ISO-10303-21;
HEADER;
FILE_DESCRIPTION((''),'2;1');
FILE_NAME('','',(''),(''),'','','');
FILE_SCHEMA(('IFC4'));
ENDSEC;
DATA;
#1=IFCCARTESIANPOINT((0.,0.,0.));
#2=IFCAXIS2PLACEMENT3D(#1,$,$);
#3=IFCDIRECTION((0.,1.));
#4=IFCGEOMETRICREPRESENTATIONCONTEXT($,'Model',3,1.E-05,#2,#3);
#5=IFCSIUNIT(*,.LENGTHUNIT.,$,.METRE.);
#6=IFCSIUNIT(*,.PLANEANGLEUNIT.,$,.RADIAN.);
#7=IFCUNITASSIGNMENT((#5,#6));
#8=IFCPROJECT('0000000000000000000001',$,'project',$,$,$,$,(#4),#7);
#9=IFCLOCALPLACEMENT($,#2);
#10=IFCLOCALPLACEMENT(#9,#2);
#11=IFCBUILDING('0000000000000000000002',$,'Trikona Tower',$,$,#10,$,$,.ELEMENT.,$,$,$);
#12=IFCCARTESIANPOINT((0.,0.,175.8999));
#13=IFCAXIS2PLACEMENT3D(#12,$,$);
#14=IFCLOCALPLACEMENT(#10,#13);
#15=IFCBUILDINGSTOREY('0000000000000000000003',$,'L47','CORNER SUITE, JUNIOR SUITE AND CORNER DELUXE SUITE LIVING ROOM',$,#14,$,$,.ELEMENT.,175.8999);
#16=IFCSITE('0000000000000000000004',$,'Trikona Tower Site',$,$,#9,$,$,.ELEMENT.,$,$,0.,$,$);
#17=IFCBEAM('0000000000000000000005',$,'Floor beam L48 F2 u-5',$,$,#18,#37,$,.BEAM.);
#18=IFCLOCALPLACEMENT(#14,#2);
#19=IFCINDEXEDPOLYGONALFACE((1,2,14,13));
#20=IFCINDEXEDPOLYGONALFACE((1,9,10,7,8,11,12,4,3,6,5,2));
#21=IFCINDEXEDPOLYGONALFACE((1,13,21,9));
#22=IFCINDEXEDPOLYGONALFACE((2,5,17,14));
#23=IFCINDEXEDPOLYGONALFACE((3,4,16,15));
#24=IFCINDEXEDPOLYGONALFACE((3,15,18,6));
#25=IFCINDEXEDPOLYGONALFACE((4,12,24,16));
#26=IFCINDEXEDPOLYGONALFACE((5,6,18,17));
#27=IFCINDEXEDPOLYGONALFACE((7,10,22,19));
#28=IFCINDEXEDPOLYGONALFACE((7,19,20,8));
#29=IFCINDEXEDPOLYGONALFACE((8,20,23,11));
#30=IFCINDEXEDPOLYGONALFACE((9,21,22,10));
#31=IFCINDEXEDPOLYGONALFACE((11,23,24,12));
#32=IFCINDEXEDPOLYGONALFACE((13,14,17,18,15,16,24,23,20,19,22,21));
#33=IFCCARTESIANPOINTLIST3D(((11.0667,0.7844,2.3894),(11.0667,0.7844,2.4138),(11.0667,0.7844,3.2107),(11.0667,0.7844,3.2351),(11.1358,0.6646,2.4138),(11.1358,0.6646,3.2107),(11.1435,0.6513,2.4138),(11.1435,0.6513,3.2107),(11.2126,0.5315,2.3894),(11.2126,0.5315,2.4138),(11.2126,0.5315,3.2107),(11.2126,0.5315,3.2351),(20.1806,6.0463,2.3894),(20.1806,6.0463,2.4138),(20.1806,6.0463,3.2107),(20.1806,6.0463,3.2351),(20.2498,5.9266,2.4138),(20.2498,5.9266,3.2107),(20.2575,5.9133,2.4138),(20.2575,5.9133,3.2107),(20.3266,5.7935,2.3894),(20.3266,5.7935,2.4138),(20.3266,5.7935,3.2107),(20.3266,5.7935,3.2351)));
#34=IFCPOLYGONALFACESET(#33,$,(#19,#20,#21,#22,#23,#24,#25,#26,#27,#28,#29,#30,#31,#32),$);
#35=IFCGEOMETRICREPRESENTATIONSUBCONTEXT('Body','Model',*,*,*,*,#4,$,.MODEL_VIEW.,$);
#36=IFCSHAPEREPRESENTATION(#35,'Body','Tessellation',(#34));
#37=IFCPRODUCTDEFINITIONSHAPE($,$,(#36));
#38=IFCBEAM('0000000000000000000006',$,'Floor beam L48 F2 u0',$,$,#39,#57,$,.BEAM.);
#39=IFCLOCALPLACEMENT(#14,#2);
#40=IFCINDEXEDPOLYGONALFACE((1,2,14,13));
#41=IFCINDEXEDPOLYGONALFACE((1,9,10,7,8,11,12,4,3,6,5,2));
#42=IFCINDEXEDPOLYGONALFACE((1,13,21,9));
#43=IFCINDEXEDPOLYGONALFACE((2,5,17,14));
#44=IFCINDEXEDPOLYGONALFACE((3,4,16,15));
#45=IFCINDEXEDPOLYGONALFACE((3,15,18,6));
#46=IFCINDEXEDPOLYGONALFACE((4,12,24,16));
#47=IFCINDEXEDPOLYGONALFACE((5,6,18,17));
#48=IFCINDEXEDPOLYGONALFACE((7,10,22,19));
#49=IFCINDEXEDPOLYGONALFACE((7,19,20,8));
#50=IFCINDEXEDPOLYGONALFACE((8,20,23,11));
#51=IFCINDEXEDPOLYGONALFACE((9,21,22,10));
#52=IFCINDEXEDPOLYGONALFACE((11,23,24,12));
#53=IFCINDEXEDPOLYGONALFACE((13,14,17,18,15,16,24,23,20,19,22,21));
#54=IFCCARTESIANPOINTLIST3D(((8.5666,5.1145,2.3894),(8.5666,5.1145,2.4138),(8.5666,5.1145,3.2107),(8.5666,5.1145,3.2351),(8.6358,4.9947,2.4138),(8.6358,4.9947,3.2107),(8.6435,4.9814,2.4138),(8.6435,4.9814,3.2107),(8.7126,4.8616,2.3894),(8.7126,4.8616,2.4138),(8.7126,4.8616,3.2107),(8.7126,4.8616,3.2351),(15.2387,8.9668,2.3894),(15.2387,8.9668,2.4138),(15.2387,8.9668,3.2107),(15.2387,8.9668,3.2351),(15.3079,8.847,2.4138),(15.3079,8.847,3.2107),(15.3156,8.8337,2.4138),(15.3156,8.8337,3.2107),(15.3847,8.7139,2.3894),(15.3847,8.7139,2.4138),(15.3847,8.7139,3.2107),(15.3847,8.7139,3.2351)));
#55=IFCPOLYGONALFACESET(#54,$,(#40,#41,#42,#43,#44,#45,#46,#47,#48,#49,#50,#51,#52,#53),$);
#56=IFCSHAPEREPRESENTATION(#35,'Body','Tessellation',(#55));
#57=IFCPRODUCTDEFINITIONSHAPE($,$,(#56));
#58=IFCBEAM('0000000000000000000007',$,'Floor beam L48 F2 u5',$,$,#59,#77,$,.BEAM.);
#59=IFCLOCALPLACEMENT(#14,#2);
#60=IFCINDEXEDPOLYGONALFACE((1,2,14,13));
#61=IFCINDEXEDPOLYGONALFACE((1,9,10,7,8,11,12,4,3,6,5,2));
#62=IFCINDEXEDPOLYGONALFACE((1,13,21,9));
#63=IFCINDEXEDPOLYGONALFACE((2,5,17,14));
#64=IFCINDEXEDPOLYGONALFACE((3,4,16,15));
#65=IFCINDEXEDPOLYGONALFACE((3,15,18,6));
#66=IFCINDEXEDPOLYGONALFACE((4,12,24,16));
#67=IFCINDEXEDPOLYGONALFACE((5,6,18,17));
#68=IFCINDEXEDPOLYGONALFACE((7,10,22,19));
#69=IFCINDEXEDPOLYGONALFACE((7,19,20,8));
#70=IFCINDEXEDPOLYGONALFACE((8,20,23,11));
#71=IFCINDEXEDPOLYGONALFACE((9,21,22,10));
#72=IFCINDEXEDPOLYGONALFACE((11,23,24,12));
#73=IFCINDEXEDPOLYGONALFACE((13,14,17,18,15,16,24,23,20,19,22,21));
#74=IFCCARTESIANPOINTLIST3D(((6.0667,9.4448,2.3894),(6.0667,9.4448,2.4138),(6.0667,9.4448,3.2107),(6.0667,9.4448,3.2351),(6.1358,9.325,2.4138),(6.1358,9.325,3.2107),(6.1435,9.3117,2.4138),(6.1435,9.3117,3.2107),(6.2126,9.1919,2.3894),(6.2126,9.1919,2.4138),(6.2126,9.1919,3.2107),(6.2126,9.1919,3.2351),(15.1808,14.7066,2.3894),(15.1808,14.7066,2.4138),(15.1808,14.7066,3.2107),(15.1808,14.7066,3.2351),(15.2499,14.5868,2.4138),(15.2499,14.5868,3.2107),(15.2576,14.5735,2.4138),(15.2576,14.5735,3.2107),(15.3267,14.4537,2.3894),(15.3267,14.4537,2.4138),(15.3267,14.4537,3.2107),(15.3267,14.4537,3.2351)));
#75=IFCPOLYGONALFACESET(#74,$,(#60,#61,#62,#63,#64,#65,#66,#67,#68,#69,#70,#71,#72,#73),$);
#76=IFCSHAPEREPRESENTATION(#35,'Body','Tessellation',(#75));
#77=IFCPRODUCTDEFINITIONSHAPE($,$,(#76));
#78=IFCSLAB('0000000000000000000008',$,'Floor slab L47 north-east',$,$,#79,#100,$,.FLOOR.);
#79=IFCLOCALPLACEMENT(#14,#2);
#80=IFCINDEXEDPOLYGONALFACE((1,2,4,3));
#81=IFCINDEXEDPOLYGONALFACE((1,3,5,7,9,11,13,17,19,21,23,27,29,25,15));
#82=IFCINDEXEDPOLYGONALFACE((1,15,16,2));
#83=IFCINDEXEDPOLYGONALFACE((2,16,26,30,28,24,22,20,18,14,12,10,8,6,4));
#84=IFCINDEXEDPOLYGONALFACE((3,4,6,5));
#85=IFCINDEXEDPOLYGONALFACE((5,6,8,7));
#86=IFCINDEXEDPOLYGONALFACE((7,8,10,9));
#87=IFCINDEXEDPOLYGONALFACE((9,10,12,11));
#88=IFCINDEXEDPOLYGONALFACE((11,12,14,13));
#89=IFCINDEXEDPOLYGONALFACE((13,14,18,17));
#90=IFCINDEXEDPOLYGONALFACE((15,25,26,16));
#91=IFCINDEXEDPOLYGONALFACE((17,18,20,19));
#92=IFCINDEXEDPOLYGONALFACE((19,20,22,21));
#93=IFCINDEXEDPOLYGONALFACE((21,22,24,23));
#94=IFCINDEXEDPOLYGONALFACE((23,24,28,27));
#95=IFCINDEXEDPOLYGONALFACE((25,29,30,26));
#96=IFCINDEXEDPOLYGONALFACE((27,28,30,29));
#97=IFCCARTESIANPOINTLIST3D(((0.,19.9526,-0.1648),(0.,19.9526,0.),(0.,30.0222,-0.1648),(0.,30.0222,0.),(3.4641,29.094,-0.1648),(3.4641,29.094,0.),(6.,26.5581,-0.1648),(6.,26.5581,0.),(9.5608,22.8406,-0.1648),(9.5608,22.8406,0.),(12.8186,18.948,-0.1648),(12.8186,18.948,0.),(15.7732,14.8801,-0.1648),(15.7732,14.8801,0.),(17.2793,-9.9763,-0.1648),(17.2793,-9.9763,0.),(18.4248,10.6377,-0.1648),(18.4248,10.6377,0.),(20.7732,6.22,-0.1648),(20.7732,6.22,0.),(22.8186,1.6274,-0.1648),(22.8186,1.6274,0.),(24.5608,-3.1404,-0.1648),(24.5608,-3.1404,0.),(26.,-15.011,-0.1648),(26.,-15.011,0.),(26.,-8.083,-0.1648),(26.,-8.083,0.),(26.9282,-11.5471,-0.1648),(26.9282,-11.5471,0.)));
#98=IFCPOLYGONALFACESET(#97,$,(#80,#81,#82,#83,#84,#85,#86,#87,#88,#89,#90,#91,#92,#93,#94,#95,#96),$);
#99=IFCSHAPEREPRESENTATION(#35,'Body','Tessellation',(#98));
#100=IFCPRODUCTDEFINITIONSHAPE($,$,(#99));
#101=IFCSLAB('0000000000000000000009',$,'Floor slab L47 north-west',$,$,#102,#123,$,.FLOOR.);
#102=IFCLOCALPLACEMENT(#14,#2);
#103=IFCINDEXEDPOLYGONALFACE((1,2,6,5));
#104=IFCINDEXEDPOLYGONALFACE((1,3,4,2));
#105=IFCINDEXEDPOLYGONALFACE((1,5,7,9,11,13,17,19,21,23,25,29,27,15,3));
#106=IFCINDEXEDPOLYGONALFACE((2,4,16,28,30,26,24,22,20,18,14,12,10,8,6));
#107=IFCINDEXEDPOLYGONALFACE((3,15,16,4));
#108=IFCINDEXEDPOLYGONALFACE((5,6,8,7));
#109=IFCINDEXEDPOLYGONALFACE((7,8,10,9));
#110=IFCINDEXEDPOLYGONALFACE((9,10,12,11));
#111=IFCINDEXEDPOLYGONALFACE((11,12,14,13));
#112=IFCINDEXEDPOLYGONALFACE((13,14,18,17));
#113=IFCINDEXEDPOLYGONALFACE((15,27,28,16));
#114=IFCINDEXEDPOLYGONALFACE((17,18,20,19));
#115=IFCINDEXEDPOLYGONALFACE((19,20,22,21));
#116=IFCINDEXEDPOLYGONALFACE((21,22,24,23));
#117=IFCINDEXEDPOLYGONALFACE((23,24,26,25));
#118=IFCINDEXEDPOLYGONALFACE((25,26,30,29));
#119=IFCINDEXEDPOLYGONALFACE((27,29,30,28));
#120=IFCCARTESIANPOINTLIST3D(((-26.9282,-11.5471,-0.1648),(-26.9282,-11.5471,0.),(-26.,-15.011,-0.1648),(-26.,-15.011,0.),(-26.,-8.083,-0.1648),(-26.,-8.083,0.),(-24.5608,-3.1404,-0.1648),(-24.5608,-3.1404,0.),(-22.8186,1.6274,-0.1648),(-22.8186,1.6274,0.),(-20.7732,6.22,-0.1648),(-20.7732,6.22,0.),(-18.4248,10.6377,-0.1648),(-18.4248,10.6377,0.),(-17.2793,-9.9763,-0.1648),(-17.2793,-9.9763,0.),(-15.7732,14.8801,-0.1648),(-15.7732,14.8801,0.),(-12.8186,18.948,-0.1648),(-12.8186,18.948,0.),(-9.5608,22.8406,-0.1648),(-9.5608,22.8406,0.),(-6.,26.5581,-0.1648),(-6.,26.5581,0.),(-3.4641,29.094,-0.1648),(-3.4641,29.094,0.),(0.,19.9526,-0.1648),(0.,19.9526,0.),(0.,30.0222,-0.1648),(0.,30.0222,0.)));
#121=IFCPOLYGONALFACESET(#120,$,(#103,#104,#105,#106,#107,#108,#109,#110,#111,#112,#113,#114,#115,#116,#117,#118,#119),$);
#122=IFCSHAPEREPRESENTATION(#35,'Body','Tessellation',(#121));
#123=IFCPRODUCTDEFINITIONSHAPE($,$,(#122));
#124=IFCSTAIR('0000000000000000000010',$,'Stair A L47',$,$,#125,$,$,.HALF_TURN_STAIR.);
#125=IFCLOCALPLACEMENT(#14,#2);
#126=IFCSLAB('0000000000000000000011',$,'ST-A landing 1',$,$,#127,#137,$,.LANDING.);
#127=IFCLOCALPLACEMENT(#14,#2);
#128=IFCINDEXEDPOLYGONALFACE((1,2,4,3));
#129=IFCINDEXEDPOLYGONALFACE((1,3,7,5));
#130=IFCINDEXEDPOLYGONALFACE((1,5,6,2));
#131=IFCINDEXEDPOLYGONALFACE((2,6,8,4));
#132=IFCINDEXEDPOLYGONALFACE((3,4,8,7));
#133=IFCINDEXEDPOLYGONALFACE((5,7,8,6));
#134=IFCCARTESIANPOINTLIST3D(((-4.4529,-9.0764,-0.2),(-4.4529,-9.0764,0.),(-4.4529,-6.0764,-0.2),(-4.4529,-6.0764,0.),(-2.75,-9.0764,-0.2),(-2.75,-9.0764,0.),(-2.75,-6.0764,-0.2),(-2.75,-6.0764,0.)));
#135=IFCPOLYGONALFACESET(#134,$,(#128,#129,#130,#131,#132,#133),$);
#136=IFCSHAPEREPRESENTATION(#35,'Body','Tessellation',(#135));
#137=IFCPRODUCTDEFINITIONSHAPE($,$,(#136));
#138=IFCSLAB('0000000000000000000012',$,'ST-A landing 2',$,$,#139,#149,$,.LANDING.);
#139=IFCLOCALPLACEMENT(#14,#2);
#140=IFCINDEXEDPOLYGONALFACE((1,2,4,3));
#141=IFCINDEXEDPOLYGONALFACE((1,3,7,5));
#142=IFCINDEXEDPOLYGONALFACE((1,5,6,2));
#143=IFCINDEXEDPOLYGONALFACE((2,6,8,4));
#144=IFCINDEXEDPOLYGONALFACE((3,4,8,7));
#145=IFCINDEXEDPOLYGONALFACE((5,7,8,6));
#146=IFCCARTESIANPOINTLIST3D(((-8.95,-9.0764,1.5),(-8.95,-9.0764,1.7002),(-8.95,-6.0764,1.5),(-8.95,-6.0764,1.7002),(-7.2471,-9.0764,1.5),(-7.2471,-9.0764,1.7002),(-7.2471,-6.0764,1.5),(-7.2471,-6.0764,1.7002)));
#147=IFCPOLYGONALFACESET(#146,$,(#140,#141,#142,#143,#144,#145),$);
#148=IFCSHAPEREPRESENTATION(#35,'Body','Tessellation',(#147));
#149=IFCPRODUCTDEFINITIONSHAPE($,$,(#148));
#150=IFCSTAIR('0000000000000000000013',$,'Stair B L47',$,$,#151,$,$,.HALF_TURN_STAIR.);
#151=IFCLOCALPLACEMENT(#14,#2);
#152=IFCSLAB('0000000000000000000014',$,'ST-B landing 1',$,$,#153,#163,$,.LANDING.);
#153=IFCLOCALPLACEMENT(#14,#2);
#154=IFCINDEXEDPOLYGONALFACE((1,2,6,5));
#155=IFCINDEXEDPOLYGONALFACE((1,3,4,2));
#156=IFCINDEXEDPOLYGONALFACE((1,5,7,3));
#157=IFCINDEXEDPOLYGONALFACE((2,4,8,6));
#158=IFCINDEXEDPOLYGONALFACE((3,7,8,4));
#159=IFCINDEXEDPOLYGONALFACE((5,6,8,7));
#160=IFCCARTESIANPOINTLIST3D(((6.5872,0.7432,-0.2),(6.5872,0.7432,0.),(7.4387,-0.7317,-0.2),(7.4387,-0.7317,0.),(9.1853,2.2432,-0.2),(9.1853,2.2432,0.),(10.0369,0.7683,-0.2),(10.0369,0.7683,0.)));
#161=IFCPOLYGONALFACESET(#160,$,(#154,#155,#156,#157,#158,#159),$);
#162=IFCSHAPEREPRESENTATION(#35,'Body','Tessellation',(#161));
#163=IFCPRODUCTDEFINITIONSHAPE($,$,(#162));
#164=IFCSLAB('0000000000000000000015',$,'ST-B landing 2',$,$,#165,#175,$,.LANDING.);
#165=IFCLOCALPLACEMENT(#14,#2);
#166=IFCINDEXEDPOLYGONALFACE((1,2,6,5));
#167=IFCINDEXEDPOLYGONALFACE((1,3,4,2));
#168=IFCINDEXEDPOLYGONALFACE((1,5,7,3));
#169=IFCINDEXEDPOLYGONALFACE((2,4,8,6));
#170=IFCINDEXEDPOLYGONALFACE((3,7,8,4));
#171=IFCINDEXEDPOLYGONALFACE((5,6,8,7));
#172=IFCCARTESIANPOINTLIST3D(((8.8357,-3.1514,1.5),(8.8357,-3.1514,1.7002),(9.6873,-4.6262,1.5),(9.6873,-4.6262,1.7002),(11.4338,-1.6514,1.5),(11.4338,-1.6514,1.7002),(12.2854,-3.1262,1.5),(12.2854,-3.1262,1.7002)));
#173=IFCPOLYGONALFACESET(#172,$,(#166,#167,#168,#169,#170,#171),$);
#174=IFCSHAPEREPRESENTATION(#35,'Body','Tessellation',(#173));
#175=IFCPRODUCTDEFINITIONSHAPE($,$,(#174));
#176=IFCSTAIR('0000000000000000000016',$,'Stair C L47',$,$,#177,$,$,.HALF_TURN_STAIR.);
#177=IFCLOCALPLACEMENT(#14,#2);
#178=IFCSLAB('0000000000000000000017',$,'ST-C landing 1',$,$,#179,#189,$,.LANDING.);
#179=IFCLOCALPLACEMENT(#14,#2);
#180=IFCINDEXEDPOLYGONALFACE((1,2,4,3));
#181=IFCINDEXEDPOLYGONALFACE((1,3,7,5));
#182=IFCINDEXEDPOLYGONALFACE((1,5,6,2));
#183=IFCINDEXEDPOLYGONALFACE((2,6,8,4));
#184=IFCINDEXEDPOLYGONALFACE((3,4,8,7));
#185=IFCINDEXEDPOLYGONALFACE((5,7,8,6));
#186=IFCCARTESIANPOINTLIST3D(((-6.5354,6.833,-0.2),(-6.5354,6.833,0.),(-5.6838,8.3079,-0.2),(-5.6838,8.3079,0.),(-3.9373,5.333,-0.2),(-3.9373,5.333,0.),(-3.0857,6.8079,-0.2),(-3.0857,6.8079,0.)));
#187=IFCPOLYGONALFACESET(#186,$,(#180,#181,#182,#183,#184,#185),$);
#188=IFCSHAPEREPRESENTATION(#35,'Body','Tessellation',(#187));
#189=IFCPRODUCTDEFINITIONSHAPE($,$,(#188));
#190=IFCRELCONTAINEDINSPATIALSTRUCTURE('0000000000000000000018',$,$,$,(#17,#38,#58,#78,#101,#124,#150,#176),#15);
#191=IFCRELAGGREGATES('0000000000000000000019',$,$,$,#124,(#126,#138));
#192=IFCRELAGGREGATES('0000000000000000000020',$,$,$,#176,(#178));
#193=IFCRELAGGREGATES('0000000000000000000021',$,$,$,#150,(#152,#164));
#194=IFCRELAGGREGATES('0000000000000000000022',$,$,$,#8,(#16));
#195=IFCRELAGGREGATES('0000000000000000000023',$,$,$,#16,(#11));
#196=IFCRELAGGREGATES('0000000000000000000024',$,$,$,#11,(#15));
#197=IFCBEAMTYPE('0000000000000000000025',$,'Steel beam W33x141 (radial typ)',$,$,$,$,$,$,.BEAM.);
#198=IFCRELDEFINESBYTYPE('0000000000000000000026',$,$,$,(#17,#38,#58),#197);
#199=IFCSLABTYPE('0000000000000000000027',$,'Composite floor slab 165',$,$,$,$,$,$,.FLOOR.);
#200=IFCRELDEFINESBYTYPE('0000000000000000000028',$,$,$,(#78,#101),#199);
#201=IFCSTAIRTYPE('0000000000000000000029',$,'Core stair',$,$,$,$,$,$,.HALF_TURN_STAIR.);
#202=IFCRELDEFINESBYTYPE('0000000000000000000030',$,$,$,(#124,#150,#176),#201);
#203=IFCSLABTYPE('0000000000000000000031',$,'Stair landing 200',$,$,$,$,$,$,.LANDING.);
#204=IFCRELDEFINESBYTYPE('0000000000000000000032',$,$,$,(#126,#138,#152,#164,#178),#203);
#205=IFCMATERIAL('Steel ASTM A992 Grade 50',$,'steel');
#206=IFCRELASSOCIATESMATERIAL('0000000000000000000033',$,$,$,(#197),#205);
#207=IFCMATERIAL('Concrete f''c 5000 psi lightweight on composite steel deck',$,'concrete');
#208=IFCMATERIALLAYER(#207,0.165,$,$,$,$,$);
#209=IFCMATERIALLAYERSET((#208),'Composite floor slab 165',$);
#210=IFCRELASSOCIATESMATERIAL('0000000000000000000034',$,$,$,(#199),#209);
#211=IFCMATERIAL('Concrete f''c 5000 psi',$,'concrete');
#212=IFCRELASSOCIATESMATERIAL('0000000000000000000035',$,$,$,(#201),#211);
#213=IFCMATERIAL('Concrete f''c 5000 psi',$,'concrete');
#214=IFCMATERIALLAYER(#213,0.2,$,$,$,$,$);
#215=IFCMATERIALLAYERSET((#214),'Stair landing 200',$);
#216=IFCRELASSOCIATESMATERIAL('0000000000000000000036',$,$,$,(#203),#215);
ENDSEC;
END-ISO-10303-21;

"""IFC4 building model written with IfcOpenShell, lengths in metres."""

from ifc_helpers import new_model, si_unit, direction, frame, origin, origin_2d, place, context, subcontext, project, spatial, polyline, i_section, outline, extrude, material, layer, layer_set, material_profile, profile_set, type_object, element, aggregate, save


model = new_model("IFC4")

# Units and contexts
model_context = context("Model", 3, precision=1e-05, world=origin(), true_north=direction((0.0, 1.0)))
body_context = subcontext(model_context, "Body", "Model", "MODEL_VIEW")
ifc_project = project(units=[si_unit("LENGTHUNIT", "METRE"), si_unit("PLANEANGLEUNIT", "RADIAN")], contexts=[model_context])

# Site, building, storey
site_placement = place(None, origin())
site = spatial("IfcSite", under=ifc_project, at=site_placement, Name="Trikona Tower Site", CompositionType="ELEMENT", RefElevation=0.0)
building_placement = place(site_placement, origin())
building = spatial("IfcBuilding", under=site, at=building_placement, Name="Trikona Tower", CompositionType="ELEMENT")
storey_placement = place(building_placement, frame((0.0, 0.0, 175.8999)))
storey = spatial("IfcBuildingStorey", under=building, at=storey_placement, Name="L47", Description="CORNER SUITE, JUNIOR SUITE AND CORNER DELUXE SUITE LIVING ROOM", CompositionType="ELEMENT", Elevation=175.8999)

# Beams
ifc_material_1 = material(Name="Steel ASTM A992 Grade 50", Category="steel")
ifc_material_profile = material_profile(ifc_material_1, i_section(OverallWidth=0.292, OverallDepth=0.8457, WebThickness=0.0154, FlangeThickness=0.0244, at=origin_2d()), Name="W33X141")
ifc_profile_set = profile_set([ifc_material_profile], Name="Steel ASTM A992 Grade 50")
beam_type = type_object("IfcBeamType", Name="Steel beam W33x141 (radial typ)", PredefinedType="BEAM", material=ifc_profile_set)
beam_1_placement = place(storey_placement, frame((11.1396, 0.658, 2.8123), z_axis=(0.866026, 0.499999, 0.0), x_axis=(-0.499999, 0.866026, 0.0)))
element("IfcBeam", 1, at=beam_1_placement, inside=storey, type_object=beam_type, Name="Floor beam L48 F2 u-5", PredefinedType="BEAM", context=body_context, shape_type="SweptSolid", body=[
    extrude(i_section(OverallWidth=0.292, OverallDepth=0.8457, WebThickness=0.0154, FlangeThickness=0.0244, at=origin_2d()), origin(), (0.0, 0.0, 1.0), 10.5239),
])
beam_2_placement = place(storey_placement, frame((8.6396, 4.988, 2.8123), z_axis=(0.866017, 0.500014, 0.0), x_axis=(-0.500014, 0.866017, 0.0)))
element("IfcBeam", 2, at=beam_2_placement, inside=storey, type_object=beam_type, Name="Floor beam L48 F2 u0", PredefinedType="BEAM", context=body_context, shape_type="SweptSolid", body=[
    extrude(i_section(OverallWidth=0.292, OverallDepth=0.8457, WebThickness=0.0154, FlangeThickness=0.0244, at=origin_2d()), origin(), (0.0, 0.0, 1.0), 7.7043),
])
beam_3_placement = place(storey_placement, frame((6.1396, 9.3184, 2.8123), z_axis=(0.866036, 0.499982, 0.0), x_axis=(-0.499982, 0.866036, 0.0)))
element("IfcBeam", 3, at=beam_3_placement, inside=storey, type_object=beam_type, Name="Floor beam L48 F2 u5", PredefinedType="BEAM", context=body_context, shape_type="SweptSolid", body=[
    extrude(i_section(OverallWidth=0.292, OverallDepth=0.8457, WebThickness=0.0154, FlangeThickness=0.0244, at=origin_2d()), origin(), (0.0, 0.0, 1.0), 10.5239),
])

# Slabs
ifc_material_2 = material(Name="Concrete f'c 5000 psi lightweight on composite steel deck", Category="concrete")
ifc_layer_1 = layer(ifc_material_2, 0.165)
ifc_layer_set_1 = layer_set([ifc_layer_1], Name="Composite floor slab 165")
slab_type_1 = type_object("IfcSlabType", Name="Composite floor slab 165", PredefinedType="FLOOR", material=ifc_layer_set_1)
slab_1_placement = place(storey_placement, frame((0.0, 0.0, -0.1648)))
element("IfcSlab", 4, at=slab_1_placement, inside=storey, type_object=slab_type_1, Name="Floor slab L47 north-east", PredefinedType="FLOOR", context=body_context, shape_type="SweptSolid", body=[
    extrude(outline(polyline([(3.4641, 29.094), (0.0, 30.0222), (0.0, 19.9526), (17.2793, -9.9763), (26.0, -15.011), (26.9282, -11.5471), (26.0, -8.083), (24.5608, -3.1404), (22.8186, 1.6274), (20.7732, 6.22), (18.4248, 10.6377), (15.7732, 14.8801), (12.8186, 18.948), (9.5608, 22.8406), (6.0, 26.5581), (3.4641, 29.094)])), origin(), (0.0, 0.0, 1.0), 0.1648),
])
slab_2_placement = place(storey_placement, frame((0.0, 0.0, -0.1648)))
element("IfcSlab", 5, at=slab_2_placement, inside=storey, type_object=slab_type_1, Name="Floor slab L47 north-west", PredefinedType="FLOOR", context=body_context, shape_type="SweptSolid", body=[
    extrude(outline(polyline([(0.0, 19.9526), (0.0, 30.0222), (-3.4641, 29.094), (-6.0, 26.5581), (-9.5608, 22.8406), (-12.8186, 18.948), (-15.7732, 14.8801), (-18.4248, 10.6377), (-20.7732, 6.22), (-22.8186, 1.6274), (-24.5608, -3.1404), (-26.0, -8.083), (-26.9282, -11.5471), (-26.0, -15.011), (-17.2793, -9.9763), (0.0, 19.9526)])), origin(), (0.0, 0.0, 1.0), 0.1648),
])

# Stairs, slabs
ifc_material_3 = material(Name="Concrete f'c 5000 psi", Category="concrete")
stair_type = type_object("IfcStairType", Name="Core stair", PredefinedType="HALF_TURN_STAIR", material=ifc_material_3)
stair_1_placement = place(storey_placement, origin())
stair_1 = element("IfcStair", 6, at=stair_1_placement, inside=storey, type_object=stair_type, Name="Stair A L47", PredefinedType="HALF_TURN_STAIR")
ifc_material_4 = material(Name="Concrete f'c 5000 psi", Category="concrete")
ifc_layer_2 = layer(ifc_material_4, 0.2)
ifc_layer_set_2 = layer_set([ifc_layer_2], Name="Stair landing 200")
slab_type_2 = type_object("IfcSlabType", Name="Stair landing 200", PredefinedType="LANDING", material=ifc_layer_set_2)
slab_3_placement = place(storey_placement, frame((0.0, 0.0, -0.2)))
slab_3 = element("IfcSlab", 7, at=slab_3_placement, type_object=slab_type_2, Name="ST-A landing 1", PredefinedType="LANDING", context=body_context, shape_type="SweptSolid", body=[
    extrude(outline(polyline([(-4.4529, -6.0764), (-2.75, -6.0764), (-2.75, -9.0764), (-4.4529, -9.0764), (-4.4529, -6.0764)])), origin(), (0.0, 0.0, 1.0), 0.2),
])
slab_4_placement = place(storey_placement, frame((0.0, 0.0, 1.5)))
slab_4 = element("IfcSlab", 8, at=slab_4_placement, type_object=slab_type_2, Name="ST-A landing 2", PredefinedType="LANDING", context=body_context, shape_type="SweptSolid", body=[
    extrude(outline(polyline([(-8.95, -6.0764), (-7.2471, -6.0764), (-7.2471, -9.0764), (-8.95, -9.0764), (-8.95, -6.0764)])), origin(), (0.0, 0.0, 1.0), 0.2002),
])
aggregate(stair_1, [slab_3, slab_4])
stair_2_placement = place(storey_placement, origin())
stair_2 = element("IfcStair", 9, at=stair_2_placement, inside=storey, type_object=stair_type, Name="Stair B L47", PredefinedType="HALF_TURN_STAIR")
slab_5_placement = place(storey_placement, frame((0.0, 0.0, -0.2)))
slab_5 = element("IfcSlab", 10, at=slab_5_placement, type_object=slab_type_2, Name="ST-B landing 1", PredefinedType="LANDING", context=body_context, shape_type="SweptSolid", body=[
    extrude(outline(polyline([(7.4387, -0.7317), (6.5872, 0.7432), (9.1853, 2.2432), (10.0369, 0.7683), (7.4387, -0.7317)])), origin(), (0.0, 0.0, 1.0), 0.2),
])
slab_6_placement = place(storey_placement, frame((0.0, 0.0, 1.5)))
slab_6 = element("IfcSlab", 11, at=slab_6_placement, type_object=slab_type_2, Name="ST-B landing 2", PredefinedType="LANDING", context=body_context, shape_type="SweptSolid", body=[
    extrude(outline(polyline([(9.6873, -4.6262), (8.8357, -3.1514), (11.4338, -1.6514), (12.2854, -3.1262), (9.6873, -4.6262)])), origin(), (0.0, 0.0, 1.0), 0.2002),
])
stair_3_placement = place(storey_placement, origin())
stair_3 = element("IfcStair", 12, at=stair_3_placement, inside=storey, type_object=stair_type, Name="Stair C L47", PredefinedType="HALF_TURN_STAIR")
slab_7_placement = place(storey_placement, frame((0.0, 0.0, -0.2)))
slab_7 = element("IfcSlab", 13, at=slab_7_placement, type_object=slab_type_2, Name="ST-C landing 1", PredefinedType="LANDING", context=body_context, shape_type="SweptSolid", body=[
    extrude(outline(polyline([(-3.0857, 6.8079), (-3.9373, 5.333), (-6.5354, 6.833), (-5.6838, 8.3079), (-3.0857, 6.8079)])), origin(), (0.0, 0.0, 1.0), 0.2),
])
aggregate(stair_3, [slab_7])

aggregate(stair_2, [slab_5, slab_6])

save(model, "model.ifc")
